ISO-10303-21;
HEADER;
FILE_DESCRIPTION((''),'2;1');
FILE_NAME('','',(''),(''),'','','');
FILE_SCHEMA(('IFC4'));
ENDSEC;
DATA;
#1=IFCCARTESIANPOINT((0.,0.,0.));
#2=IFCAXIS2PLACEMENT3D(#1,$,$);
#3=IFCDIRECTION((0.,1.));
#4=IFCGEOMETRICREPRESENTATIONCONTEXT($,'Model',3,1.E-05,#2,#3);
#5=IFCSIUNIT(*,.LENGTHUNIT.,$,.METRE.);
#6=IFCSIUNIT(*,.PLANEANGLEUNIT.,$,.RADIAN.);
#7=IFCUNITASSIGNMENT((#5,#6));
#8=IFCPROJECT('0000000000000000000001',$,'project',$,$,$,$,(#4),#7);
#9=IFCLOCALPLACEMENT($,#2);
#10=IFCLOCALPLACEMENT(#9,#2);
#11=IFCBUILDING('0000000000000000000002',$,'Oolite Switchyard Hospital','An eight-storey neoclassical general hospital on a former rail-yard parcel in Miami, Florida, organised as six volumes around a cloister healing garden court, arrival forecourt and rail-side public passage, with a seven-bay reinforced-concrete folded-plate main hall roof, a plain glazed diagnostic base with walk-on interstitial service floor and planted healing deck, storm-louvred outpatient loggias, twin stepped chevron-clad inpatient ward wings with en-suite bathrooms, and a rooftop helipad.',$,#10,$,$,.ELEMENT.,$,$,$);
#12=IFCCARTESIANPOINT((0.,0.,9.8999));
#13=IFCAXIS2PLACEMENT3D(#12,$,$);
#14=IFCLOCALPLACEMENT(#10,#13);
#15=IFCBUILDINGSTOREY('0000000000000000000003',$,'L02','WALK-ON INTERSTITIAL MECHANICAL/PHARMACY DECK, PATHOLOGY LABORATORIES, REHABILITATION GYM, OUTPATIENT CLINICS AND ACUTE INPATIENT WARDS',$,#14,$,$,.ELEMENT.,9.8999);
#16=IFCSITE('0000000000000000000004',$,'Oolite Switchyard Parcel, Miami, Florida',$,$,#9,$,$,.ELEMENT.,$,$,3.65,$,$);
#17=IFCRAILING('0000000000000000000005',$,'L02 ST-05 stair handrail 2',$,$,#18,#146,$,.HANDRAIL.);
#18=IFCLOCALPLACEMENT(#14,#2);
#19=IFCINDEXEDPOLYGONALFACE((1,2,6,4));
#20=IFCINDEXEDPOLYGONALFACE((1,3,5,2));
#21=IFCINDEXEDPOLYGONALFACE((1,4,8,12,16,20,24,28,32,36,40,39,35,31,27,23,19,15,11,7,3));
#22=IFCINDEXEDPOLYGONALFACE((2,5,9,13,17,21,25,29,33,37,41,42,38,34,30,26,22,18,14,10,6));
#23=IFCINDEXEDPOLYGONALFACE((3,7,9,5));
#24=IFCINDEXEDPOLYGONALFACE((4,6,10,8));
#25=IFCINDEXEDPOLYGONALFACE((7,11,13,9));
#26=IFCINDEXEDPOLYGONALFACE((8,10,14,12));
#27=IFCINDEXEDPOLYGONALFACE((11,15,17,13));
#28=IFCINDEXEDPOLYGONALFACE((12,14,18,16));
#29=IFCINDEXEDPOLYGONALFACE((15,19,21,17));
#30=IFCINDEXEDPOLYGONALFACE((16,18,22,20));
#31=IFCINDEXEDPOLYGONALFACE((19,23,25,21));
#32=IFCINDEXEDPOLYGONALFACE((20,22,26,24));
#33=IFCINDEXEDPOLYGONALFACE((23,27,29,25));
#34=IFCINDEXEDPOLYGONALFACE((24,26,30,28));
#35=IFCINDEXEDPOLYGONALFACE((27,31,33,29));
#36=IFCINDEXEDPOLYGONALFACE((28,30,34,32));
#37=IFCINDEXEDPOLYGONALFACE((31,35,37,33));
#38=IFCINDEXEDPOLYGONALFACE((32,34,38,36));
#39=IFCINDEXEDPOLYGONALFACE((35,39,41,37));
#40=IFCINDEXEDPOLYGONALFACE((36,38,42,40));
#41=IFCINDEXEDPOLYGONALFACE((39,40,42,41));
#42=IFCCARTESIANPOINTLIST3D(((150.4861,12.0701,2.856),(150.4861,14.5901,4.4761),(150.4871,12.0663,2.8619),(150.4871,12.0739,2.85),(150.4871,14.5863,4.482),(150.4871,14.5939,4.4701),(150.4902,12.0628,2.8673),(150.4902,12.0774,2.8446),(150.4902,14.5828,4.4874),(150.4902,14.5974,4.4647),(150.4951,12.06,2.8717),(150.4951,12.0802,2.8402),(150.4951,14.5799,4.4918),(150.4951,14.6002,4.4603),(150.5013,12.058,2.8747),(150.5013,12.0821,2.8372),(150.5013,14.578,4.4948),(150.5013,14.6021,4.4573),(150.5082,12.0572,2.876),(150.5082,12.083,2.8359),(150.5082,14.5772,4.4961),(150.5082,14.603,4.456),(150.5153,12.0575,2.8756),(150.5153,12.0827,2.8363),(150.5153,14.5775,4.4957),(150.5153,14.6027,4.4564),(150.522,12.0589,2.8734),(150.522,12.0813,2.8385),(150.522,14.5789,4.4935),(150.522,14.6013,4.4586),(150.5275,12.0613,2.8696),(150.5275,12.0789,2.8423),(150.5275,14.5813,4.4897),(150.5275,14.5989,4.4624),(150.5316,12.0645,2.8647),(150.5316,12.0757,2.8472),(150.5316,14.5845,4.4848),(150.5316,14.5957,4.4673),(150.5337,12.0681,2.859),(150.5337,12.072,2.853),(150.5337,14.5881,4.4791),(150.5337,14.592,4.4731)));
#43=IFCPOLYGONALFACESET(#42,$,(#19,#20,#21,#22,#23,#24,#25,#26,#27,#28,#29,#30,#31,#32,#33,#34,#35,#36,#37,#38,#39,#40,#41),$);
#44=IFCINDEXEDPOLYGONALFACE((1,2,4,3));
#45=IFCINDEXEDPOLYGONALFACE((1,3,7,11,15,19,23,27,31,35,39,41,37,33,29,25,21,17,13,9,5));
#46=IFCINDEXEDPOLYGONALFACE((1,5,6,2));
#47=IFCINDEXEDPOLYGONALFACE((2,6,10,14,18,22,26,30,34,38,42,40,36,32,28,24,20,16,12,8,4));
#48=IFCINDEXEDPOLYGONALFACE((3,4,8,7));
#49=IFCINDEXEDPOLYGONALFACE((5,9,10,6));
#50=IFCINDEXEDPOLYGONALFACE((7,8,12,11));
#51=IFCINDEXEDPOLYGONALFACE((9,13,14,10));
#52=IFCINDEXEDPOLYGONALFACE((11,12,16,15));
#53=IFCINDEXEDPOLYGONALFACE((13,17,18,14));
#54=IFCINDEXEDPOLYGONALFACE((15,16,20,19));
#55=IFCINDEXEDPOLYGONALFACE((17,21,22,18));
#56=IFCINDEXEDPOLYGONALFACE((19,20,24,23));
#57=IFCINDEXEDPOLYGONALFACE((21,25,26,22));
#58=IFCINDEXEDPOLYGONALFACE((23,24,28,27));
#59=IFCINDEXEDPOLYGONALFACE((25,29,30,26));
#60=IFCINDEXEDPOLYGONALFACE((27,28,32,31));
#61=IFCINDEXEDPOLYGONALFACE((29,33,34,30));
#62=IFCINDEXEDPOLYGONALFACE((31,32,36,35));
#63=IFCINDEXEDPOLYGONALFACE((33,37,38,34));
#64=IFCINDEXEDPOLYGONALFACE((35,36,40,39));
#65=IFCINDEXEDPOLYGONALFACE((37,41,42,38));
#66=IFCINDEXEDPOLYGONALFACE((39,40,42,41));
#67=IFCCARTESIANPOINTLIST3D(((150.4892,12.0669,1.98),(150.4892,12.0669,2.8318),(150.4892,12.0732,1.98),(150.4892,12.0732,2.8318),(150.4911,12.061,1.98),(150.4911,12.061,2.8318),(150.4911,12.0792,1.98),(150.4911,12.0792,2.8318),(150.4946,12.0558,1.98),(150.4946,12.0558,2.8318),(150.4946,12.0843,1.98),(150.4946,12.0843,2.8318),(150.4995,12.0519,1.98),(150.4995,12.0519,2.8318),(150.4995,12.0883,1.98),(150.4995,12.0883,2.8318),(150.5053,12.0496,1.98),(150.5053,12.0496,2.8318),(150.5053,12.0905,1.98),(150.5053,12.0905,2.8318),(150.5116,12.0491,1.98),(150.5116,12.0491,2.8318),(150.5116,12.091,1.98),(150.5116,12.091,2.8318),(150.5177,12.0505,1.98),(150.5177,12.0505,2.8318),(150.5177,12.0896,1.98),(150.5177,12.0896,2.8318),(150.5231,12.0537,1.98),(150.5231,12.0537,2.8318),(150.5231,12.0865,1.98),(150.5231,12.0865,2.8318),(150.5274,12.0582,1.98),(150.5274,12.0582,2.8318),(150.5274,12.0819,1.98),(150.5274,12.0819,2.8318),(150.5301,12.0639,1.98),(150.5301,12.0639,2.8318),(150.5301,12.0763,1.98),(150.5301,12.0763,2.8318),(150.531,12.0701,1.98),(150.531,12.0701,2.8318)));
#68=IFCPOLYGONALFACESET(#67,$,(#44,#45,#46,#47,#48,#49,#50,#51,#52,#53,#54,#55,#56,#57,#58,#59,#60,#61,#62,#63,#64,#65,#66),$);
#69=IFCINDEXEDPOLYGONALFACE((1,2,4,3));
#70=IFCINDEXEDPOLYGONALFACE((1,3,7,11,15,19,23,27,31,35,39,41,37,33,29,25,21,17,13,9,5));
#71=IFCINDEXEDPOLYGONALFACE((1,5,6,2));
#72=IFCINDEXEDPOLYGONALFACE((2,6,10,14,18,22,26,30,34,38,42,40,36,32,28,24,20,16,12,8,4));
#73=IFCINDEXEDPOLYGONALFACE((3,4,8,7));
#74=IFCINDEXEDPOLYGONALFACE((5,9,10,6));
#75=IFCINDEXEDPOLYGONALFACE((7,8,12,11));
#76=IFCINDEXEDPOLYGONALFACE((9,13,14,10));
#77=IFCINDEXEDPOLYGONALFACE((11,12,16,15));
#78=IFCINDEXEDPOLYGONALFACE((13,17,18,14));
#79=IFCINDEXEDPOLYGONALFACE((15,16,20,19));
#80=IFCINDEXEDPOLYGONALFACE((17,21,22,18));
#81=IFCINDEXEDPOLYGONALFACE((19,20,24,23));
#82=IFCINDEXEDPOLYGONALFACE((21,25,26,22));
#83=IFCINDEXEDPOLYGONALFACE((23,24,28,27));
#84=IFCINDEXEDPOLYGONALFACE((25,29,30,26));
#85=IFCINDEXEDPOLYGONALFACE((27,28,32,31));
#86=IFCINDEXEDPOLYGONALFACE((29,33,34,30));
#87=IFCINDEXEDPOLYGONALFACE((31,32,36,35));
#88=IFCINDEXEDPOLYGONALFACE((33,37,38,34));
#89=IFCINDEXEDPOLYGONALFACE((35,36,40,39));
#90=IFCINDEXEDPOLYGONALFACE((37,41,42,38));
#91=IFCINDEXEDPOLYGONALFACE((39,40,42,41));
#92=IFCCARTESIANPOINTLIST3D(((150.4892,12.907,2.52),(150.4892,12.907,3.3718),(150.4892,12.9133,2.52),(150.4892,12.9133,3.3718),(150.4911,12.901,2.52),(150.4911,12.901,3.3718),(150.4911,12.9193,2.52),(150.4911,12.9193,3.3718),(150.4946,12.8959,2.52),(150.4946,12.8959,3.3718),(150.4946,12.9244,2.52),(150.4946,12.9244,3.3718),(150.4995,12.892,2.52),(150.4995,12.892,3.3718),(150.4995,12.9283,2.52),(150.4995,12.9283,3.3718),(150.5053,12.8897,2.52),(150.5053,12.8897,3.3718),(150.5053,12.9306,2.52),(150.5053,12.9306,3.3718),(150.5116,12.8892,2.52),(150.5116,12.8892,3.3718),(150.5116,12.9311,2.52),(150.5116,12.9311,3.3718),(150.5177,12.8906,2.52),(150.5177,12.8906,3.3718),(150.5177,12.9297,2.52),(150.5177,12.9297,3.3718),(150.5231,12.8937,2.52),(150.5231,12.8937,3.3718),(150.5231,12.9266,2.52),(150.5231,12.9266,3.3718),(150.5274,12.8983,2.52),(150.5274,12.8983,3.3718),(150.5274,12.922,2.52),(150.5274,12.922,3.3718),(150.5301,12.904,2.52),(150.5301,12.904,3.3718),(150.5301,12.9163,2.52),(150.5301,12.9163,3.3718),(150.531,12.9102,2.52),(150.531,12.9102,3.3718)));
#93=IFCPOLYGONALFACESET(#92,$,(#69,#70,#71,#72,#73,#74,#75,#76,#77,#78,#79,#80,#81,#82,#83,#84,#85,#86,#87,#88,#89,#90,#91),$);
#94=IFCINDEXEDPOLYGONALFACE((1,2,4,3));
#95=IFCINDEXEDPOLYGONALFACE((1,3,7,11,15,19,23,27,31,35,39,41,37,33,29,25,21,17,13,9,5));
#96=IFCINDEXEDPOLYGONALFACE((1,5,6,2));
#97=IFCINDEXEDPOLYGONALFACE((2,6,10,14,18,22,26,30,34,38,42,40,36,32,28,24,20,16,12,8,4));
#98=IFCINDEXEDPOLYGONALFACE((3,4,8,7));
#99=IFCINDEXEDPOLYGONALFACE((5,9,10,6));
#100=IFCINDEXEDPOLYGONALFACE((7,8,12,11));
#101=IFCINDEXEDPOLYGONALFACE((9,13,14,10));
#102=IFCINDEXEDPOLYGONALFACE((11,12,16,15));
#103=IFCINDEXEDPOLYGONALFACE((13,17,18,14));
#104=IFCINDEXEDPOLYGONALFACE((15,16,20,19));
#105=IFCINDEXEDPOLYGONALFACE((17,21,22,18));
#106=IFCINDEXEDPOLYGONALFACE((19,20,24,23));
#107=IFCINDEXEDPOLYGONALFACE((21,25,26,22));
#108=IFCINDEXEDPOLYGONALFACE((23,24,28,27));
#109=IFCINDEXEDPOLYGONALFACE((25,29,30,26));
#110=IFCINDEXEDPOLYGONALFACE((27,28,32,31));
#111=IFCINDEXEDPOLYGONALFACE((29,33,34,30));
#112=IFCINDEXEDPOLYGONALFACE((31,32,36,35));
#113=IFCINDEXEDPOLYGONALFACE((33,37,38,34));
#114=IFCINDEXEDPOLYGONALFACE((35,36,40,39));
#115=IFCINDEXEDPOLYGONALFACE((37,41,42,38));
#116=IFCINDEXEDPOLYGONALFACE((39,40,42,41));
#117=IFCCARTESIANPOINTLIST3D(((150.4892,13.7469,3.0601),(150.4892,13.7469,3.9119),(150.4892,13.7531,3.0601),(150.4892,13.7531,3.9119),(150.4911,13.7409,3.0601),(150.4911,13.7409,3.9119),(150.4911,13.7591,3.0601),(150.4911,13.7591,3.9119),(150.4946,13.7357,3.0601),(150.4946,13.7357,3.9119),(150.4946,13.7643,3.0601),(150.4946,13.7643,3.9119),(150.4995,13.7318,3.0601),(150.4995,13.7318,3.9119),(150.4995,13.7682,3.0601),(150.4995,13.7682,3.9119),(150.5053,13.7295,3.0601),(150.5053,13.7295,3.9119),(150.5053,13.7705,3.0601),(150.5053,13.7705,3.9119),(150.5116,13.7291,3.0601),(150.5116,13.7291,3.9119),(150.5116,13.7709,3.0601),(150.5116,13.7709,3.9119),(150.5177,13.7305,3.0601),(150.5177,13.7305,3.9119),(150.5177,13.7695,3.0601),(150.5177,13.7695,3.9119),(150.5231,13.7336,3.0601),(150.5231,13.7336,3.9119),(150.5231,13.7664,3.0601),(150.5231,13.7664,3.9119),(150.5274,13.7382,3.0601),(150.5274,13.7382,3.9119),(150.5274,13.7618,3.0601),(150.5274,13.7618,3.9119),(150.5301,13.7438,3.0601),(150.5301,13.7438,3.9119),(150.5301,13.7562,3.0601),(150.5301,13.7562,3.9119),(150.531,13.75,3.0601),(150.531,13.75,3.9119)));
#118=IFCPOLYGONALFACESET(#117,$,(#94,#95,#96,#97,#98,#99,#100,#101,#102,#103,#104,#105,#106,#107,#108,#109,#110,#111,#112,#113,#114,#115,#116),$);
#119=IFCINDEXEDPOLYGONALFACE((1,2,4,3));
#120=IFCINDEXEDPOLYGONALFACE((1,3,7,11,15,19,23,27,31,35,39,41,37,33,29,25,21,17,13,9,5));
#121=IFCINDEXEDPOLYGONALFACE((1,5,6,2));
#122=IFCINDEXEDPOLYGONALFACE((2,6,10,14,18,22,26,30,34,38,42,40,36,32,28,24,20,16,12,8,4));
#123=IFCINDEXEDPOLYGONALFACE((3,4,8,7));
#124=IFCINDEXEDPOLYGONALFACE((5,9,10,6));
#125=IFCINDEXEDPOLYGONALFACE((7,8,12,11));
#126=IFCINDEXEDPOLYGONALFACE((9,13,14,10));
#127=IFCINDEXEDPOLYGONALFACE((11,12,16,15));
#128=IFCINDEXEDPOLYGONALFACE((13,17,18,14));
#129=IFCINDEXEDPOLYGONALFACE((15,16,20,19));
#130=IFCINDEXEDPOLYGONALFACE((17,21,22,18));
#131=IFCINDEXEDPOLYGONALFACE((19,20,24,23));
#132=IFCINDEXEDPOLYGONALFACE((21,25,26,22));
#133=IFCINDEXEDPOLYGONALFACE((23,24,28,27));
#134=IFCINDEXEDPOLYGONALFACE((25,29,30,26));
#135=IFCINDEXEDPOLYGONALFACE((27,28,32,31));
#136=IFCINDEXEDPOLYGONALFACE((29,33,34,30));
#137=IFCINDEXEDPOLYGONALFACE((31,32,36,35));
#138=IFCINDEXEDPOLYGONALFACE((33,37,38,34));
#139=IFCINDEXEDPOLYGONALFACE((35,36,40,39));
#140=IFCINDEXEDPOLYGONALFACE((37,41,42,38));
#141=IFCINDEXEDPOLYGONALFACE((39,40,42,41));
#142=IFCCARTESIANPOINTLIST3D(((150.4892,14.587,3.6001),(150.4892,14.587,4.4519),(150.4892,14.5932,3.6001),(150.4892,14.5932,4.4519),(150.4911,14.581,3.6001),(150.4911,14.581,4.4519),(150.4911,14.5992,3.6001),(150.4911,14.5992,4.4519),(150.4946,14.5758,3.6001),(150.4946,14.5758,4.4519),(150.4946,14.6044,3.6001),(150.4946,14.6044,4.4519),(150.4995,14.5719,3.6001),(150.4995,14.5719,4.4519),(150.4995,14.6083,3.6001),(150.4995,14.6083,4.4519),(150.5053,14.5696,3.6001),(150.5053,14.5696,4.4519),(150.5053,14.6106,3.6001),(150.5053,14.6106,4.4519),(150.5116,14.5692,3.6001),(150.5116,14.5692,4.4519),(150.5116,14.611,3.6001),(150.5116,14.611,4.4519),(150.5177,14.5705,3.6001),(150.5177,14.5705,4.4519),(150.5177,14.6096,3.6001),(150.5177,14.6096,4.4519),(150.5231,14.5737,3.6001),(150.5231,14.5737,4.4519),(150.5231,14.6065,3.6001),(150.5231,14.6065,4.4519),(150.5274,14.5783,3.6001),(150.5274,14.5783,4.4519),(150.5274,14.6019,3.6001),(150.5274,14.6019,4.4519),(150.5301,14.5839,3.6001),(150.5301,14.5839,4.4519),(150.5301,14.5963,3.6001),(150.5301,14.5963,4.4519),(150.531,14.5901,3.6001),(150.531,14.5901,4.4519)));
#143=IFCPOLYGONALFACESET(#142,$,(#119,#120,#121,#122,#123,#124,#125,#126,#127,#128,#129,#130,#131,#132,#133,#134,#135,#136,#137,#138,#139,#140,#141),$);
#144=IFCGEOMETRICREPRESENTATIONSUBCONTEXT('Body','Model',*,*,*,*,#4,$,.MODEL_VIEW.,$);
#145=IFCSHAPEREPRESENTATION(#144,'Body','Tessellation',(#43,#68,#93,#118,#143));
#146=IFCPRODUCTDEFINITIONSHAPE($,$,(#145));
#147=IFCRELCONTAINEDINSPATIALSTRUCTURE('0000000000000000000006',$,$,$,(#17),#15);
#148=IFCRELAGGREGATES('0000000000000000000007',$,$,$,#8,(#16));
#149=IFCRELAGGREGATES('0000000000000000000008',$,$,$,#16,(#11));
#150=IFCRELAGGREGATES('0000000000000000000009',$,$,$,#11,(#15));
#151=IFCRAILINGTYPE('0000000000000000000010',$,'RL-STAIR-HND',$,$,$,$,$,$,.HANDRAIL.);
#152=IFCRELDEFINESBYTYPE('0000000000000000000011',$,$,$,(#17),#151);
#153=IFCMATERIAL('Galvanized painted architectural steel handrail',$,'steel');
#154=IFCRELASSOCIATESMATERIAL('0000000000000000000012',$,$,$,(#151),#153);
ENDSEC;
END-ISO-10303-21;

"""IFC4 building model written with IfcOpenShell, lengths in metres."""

from ifc_helpers import new_model, si_unit, direction, frame, origin, origin_2d, place, context, subcontext, project, spatial, circle, extrude, material, type_object, element, save


model = new_model("IFC4")

# Units and contexts
model_context = context("Model", 3, precision=1e-05, world=origin(), true_north=direction((0.0, 1.0)))
body_context = subcontext(model_context, "Body", "Model", "MODEL_VIEW")
ifc_project = project(units=[si_unit("LENGTHUNIT", "METRE"), si_unit("PLANEANGLEUNIT", "RADIAN")], contexts=[model_context])

# Site, building, storey
site_placement = place(None, origin())
site = spatial("IfcSite", under=ifc_project, at=site_placement, Name="Oolite Switchyard Parcel, Miami, Florida", CompositionType="ELEMENT", RefElevation=3.65)
building_placement = place(site_placement, origin())
building = spatial("IfcBuilding", under=site, at=building_placement, Name="Oolite Switchyard Hospital", Description="An eight-storey neoclassical general hospital on a former rail-yard parcel in Miami, Florida, organised as six volumes around a cloister healing garden court, arrival forecourt and rail-side public passage, with a seven-bay reinforced-concrete folded-plate main hall roof, a plain glazed diagnostic base with walk-on interstitial service floor and planted healing deck, storm-louvred outpatient loggias, twin stepped chevron-clad inpatient ward wings with en-suite bathrooms, and a rooftop helipad.", CompositionType="ELEMENT")
storey_placement = place(building_placement, frame((0.0, 0.0, 9.8999)))
storey = spatial("IfcBuildingStorey", under=building, at=storey_placement, Name="L02", Description="WALK-ON INTERSTITIAL MECHANICAL/PHARMACY DECK, PATHOLOGY LABORATORIES, REHABILITATION GYM, OUTPATIENT CLINICS AND ACUTE INPATIENT WARDS", CompositionType="ELEMENT", Elevation=9.8999)

# Railing
ifc_material_1 = material(Name="Galvanized painted architectural steel handrail", Category="steel")
railing_type = type_object("IfcRailingType", Name="RL-STAIR-HND", PredefinedType="HANDRAIL", material=ifc_material_1)
railing_placement = place(storey_placement, frame((150.51, 12.0701, 1.98)))
element("IfcRailing", 1, at=railing_placement, inside=storey, type_object=railing_type, Name="L02 ST-05 stair handrail 2", PredefinedType="HANDRAIL", context=body_context, shape_type="SweptSolid", body=[
    extrude(circle(Radius=0.0239, at=origin_2d()), frame((0.0, 0.0, 0.876), z_axis=(0.0, 0.841163, 0.540782), x_axis=(-1.0, 0.0, 0.0)), (0.0, 0.0, 1.0), 2.9958),
    extrude(circle(Radius=0.021, at=origin_2d()), origin(), (0.0, 0.0, 1.0), 0.8518),
    extrude(circle(Radius=0.021, at=origin_2d()), frame((0.0, 0.8401, 0.54)), (0.0, 0.0, 1.0), 0.8518),
    extrude(circle(Radius=0.021, at=origin_2d()), frame((0.0, 1.6799, 1.0801)), (0.0, 0.0, 1.0), 0.8518),
    extrude(circle(Radius=0.021, at=origin_2d()), frame((0.0, 2.52, 1.6201)), (0.0, 0.0, 1.0), 0.8518),
])

save(model, "model.ifc")
